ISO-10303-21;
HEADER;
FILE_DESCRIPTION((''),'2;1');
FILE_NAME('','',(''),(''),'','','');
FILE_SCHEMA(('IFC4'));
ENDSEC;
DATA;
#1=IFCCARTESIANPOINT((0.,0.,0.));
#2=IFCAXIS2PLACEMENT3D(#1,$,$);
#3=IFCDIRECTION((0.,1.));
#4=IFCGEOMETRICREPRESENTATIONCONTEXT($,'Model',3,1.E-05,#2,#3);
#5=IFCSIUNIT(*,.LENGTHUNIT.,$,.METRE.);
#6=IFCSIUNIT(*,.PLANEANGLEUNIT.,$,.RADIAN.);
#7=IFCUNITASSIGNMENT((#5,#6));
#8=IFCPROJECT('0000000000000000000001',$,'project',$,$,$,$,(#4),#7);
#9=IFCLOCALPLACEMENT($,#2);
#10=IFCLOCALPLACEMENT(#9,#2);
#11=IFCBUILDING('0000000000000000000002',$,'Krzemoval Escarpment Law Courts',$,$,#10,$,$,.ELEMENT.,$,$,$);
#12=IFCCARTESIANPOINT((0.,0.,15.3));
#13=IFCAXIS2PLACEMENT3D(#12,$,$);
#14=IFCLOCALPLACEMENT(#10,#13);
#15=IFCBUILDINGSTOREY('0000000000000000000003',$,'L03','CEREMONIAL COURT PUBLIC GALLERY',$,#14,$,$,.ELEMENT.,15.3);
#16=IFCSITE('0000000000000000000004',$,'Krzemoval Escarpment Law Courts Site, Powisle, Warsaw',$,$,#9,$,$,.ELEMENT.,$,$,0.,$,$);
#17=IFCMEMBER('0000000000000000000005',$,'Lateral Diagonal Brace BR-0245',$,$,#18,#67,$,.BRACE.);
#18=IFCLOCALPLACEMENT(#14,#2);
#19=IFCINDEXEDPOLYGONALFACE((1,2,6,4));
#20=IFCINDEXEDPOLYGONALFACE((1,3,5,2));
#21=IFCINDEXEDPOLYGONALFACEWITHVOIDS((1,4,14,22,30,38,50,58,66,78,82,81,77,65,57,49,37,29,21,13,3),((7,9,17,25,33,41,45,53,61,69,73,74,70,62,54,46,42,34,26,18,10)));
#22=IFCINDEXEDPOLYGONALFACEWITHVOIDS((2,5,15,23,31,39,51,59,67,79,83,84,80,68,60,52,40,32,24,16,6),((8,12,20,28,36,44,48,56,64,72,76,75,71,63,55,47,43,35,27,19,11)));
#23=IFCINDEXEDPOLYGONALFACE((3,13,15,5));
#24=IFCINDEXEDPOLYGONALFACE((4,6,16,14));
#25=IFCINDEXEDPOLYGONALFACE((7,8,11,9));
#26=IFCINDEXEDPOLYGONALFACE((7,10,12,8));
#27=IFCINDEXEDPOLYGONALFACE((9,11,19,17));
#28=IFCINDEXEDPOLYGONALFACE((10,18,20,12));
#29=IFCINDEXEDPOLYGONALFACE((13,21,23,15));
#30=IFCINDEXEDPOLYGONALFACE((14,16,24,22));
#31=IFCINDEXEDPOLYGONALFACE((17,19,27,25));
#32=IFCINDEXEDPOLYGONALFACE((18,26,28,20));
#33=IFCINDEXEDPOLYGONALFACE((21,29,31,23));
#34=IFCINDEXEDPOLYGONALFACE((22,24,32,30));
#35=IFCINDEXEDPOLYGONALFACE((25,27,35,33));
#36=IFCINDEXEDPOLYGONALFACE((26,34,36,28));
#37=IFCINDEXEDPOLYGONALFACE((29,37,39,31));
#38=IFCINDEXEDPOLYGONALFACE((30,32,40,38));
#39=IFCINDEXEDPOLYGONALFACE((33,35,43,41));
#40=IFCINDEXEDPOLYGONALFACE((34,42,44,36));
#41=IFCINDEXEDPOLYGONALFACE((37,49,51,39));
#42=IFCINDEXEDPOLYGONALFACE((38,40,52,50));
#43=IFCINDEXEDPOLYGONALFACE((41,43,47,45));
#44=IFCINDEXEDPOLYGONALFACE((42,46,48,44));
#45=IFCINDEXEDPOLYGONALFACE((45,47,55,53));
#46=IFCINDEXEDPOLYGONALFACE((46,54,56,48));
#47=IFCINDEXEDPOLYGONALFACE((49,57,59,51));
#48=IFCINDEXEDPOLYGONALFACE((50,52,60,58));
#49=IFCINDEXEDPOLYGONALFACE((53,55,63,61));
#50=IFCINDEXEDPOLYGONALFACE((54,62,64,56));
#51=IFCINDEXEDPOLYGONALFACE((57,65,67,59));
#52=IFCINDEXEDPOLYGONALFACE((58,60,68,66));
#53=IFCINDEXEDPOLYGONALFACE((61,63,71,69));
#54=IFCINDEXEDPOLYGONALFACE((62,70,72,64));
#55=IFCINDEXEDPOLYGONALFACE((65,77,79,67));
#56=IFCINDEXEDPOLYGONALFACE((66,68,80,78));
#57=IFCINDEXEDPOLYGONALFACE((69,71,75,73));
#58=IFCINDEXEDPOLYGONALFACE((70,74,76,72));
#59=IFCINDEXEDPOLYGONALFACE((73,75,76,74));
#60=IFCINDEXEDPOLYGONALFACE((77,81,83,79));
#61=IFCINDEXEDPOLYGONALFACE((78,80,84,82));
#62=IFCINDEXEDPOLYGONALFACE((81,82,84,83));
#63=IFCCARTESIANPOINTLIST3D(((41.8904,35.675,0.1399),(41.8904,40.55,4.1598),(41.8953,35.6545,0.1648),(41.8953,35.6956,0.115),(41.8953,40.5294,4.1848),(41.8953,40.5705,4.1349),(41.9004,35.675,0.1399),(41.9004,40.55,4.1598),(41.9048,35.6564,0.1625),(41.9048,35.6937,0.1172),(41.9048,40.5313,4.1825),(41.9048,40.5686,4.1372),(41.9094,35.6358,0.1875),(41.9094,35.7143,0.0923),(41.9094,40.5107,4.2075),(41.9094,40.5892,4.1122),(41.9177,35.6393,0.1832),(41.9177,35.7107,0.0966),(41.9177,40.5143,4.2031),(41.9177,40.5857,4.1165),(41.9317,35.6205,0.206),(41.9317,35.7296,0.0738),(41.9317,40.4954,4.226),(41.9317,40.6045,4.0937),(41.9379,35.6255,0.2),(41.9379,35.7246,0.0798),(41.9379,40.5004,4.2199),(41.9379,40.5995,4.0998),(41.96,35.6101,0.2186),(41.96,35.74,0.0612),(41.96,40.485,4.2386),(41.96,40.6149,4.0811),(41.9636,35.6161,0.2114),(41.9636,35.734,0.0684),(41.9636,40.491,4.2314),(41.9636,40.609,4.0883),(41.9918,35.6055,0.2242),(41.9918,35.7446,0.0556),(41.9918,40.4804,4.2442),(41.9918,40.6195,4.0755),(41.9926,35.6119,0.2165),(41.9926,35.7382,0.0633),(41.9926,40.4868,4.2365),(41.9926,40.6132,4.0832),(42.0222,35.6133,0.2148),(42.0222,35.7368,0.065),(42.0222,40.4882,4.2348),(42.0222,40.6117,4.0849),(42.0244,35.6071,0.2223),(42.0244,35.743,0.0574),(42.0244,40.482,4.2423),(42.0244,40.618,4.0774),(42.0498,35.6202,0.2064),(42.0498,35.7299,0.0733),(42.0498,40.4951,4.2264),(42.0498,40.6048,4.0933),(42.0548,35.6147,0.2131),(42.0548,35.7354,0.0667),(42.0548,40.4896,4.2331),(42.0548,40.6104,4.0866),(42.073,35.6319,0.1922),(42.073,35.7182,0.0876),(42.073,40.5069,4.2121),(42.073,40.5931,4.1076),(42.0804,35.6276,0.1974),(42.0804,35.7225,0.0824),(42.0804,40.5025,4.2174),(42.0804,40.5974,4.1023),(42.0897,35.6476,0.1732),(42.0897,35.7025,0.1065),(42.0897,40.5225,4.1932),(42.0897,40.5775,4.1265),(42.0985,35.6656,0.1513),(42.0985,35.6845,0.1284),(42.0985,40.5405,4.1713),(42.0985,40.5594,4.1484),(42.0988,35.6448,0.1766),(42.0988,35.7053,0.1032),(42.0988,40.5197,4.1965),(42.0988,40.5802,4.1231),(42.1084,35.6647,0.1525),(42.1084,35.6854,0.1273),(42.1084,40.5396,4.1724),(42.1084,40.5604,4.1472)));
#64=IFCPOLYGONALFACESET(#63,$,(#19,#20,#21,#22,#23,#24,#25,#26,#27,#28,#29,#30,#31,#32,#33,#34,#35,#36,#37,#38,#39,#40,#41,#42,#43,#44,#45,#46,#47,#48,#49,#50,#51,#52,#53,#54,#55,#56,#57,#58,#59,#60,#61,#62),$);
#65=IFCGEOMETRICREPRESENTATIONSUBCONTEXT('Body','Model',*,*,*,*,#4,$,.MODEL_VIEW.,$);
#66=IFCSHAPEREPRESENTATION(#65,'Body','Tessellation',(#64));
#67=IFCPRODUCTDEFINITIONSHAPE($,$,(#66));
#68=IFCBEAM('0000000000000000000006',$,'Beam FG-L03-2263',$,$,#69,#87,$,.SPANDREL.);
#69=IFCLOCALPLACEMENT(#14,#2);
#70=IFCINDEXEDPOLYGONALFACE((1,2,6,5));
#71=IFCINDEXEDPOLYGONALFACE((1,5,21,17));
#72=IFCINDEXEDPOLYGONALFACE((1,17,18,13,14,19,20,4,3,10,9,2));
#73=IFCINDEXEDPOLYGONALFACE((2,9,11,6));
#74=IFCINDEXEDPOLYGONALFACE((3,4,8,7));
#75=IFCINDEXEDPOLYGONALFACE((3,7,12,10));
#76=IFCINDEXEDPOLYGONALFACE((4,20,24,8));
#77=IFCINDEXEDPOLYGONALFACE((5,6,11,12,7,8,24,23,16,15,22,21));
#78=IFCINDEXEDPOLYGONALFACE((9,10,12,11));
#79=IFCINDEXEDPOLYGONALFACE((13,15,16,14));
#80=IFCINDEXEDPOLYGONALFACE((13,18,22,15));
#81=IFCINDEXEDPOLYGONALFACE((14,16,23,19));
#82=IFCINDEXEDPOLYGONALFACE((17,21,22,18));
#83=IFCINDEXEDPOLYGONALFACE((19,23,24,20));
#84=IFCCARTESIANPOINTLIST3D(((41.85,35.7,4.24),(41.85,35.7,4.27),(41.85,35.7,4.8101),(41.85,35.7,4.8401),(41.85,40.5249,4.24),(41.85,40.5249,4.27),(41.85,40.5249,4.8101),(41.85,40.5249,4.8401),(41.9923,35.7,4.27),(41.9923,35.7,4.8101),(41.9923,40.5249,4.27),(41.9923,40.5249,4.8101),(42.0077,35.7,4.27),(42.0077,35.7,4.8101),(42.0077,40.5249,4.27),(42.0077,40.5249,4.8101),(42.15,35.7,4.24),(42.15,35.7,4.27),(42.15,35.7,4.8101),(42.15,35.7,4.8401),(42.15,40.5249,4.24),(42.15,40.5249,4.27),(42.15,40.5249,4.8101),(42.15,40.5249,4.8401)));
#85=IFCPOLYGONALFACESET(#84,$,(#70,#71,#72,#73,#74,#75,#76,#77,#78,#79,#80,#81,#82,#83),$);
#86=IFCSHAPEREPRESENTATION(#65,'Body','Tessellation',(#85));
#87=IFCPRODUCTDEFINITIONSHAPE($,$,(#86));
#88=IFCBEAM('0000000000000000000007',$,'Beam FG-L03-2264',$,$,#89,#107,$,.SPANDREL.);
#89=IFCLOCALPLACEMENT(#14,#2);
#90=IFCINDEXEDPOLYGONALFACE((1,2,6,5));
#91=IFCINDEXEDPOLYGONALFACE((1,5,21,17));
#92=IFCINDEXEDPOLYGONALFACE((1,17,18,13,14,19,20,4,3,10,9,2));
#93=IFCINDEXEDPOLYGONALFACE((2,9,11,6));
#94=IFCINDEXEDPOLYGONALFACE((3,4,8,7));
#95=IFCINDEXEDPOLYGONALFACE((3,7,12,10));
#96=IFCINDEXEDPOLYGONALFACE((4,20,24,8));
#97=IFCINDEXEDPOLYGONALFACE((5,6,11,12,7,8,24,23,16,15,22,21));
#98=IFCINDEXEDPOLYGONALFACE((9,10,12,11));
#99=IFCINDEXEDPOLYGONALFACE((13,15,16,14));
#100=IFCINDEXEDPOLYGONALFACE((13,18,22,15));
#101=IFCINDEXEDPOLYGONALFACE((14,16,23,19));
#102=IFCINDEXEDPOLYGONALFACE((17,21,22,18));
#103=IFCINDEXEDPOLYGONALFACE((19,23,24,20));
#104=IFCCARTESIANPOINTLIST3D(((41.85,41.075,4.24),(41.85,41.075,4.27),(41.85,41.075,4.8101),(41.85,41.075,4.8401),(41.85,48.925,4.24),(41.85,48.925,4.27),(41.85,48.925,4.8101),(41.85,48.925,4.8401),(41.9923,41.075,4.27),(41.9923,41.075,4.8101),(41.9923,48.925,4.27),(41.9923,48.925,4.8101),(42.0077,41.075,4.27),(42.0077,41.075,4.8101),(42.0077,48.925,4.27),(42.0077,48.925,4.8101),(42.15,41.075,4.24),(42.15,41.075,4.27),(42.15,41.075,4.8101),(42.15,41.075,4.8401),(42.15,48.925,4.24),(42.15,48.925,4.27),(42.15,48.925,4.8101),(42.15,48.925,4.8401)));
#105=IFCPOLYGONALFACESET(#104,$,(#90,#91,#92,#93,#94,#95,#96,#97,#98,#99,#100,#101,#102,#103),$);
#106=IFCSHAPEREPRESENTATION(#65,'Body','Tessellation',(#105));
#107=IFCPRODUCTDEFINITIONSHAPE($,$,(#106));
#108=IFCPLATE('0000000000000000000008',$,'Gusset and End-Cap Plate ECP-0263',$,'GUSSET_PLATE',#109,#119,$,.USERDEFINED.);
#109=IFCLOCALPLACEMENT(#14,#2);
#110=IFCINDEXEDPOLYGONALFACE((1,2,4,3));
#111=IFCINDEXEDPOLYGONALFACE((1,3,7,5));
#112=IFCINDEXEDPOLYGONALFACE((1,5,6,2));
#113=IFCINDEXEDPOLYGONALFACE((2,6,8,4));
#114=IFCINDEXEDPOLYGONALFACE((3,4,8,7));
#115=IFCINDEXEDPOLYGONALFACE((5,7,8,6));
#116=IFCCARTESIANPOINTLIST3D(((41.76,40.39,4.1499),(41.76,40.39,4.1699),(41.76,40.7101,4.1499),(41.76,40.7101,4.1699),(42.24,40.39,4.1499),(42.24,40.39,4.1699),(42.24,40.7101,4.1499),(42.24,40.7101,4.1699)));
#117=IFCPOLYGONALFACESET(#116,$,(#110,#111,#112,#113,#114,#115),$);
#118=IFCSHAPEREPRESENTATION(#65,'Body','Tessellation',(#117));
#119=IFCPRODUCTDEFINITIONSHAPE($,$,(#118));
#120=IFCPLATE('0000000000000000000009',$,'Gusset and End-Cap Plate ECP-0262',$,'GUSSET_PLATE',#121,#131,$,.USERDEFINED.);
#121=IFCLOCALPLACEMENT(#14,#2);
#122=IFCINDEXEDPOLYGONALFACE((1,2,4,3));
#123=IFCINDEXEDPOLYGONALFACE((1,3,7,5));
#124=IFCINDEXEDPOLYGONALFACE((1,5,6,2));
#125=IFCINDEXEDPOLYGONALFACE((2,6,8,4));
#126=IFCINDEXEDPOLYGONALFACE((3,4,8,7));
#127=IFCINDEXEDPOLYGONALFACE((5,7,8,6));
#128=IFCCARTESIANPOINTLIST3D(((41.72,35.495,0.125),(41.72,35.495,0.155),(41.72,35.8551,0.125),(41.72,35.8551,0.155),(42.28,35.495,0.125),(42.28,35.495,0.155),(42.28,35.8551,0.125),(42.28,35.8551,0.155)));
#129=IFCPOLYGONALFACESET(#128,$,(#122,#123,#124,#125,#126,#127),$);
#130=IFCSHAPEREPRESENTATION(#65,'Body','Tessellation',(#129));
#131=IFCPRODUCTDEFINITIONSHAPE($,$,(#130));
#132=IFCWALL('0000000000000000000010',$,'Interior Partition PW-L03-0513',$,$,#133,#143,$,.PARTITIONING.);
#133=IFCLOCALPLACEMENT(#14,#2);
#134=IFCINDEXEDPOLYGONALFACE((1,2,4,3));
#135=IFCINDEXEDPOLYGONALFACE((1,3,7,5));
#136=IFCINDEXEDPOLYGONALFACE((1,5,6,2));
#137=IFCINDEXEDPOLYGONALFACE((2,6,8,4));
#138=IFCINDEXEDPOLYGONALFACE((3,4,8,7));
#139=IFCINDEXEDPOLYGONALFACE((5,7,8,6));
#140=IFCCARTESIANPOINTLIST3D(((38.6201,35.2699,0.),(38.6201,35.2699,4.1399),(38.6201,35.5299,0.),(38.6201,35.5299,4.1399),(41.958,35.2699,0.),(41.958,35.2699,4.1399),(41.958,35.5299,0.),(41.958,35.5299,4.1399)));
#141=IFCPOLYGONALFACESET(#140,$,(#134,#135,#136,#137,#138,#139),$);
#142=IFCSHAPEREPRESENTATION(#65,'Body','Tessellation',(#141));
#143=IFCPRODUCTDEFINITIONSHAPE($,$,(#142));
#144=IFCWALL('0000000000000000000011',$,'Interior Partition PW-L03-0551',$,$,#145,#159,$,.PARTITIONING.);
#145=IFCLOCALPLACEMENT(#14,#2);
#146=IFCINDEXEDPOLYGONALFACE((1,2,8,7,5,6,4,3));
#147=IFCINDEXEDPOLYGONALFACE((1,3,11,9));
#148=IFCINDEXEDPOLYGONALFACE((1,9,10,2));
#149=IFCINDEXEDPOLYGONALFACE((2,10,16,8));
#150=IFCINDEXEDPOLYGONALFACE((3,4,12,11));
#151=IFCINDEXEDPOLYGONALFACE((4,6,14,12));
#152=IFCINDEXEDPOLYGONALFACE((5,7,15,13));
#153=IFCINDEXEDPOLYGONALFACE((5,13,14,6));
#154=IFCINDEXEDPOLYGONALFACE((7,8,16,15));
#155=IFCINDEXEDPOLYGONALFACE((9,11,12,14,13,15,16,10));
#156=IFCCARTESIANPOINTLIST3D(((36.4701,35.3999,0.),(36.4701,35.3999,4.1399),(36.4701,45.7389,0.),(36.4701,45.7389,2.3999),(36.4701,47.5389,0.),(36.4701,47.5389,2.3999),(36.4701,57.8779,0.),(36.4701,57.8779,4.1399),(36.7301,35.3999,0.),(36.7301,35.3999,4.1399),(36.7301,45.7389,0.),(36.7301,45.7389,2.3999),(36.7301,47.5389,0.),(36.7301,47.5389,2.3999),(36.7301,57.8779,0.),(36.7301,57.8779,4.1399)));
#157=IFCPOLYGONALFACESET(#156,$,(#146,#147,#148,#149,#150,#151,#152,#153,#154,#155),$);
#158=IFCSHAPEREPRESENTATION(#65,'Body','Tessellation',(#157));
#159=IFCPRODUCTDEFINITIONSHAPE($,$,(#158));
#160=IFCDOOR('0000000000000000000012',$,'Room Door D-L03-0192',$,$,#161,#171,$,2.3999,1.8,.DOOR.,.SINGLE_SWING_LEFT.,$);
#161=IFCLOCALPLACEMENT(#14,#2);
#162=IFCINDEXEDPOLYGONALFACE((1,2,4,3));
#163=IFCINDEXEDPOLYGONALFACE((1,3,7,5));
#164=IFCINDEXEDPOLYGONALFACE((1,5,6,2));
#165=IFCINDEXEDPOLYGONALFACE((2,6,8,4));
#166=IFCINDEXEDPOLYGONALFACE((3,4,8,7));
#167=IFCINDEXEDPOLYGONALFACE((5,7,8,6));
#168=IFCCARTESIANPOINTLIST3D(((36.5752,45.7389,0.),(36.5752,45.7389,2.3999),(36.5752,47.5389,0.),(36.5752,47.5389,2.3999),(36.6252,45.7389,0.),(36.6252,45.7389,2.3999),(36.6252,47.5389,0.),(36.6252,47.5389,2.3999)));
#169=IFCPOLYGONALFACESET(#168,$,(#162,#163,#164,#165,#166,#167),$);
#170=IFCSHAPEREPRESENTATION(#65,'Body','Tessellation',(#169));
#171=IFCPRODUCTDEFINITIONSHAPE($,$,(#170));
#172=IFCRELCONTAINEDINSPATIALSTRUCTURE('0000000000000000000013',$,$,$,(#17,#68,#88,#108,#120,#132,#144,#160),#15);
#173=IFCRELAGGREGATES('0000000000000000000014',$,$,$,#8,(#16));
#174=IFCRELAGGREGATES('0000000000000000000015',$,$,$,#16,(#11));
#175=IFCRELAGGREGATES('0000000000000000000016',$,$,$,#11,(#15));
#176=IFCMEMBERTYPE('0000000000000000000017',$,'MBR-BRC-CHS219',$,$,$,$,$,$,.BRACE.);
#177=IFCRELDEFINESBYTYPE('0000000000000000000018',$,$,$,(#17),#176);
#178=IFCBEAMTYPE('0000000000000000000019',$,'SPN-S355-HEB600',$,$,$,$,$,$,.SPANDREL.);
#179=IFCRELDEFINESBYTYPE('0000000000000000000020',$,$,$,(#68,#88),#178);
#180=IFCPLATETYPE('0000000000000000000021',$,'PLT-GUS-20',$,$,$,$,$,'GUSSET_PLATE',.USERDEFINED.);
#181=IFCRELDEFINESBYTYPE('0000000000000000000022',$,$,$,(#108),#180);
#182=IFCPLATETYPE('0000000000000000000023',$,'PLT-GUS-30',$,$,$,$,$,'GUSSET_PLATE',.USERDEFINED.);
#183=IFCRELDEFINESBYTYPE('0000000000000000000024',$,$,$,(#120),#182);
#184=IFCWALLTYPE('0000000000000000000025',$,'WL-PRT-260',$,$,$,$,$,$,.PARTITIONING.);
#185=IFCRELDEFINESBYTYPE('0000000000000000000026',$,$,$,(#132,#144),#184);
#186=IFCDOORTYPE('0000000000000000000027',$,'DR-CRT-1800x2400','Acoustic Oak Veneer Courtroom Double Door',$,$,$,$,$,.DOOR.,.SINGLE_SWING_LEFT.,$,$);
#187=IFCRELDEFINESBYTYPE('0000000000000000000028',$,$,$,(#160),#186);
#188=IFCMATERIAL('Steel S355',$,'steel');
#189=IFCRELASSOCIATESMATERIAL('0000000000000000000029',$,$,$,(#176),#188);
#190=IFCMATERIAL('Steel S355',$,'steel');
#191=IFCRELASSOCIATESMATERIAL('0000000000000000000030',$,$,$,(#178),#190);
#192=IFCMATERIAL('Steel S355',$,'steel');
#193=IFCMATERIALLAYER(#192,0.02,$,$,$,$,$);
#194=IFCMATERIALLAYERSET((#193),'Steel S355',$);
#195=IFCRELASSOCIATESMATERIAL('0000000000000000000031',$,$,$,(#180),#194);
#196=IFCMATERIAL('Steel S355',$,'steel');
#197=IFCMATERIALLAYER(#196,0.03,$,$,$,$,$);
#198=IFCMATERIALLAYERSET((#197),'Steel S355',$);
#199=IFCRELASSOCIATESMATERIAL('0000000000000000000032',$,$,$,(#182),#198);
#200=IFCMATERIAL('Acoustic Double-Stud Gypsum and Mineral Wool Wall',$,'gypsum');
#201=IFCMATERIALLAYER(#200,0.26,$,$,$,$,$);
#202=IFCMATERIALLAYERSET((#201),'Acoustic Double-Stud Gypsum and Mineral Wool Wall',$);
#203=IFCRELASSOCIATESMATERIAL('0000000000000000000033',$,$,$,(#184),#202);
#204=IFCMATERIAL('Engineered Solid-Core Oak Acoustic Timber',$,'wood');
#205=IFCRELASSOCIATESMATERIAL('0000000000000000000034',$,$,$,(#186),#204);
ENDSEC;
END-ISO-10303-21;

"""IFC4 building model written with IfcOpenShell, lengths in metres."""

from ifc_helpers import new_model, si_unit, direction, frame, frame_2d, origin, origin_2d, place, context, subcontext, project, spatial, rectangle, hollow_circle, i_section, extrude, material, layer, layer_set, material_profile, profile_set, type_object, element, fill, save


model = new_model("IFC4")

# Units and contexts
model_context = context("Model", 3, precision=1e-05, world=origin(), true_north=direction((0.0, 1.0)))
body_context = subcontext(model_context, "Body", "Model", "MODEL_VIEW")
ifc_project = project(units=[si_unit("LENGTHUNIT", "METRE"), si_unit("PLANEANGLEUNIT", "RADIAN")], contexts=[model_context])

# Site, building, storey
site_placement = place(None, origin())
site = spatial("IfcSite", under=ifc_project, at=site_placement, Name="Krzemoval Escarpment Law Courts Site, Powisle, Warsaw", CompositionType="ELEMENT", RefElevation=0.0)
building_placement = place(site_placement, origin())
building = spatial("IfcBuilding", under=site, at=building_placement, Name="Krzemoval Escarpment Law Courts", CompositionType="ELEMENT")
storey_placement = place(building_placement, frame((0.0, 0.0, 15.3)))
storey = spatial("IfcBuildingStorey", under=building, at=storey_placement, Name="L03", Description="CEREMONIAL COURT PUBLIC GALLERY", CompositionType="ELEMENT", Elevation=15.3)

# Member
ifc_material_1 = material(Name="Steel S355", Category="steel")
ifc_material_profile_1 = material_profile(ifc_material_1, hollow_circle(Radius=0.1096, WallThickness=0.01, at=origin_2d()), Name="CHS 219.1x10")
ifc_profile_set_1 = profile_set([ifc_material_profile_1], Name="Steel S355")
member_type_1 = type_object("IfcMemberType", Name="MBR-BRC-CHS219", PredefinedType="BRACE", material=ifc_profile_set_1)
member_1_placement = place(storey_placement, frame((42.0, 35.675, 0.1399), z_axis=(0.0, 0.771517, 0.636208), x_axis=(-1.0, 0.0, 0.0)))
element("IfcMember", 1, at=member_1_placement, inside=storey, type_object=member_type_1, Name="Lateral Diagonal Brace BR-0245", PredefinedType="BRACE", context=body_context, shape_type="SweptSolid", body=[
    extrude(hollow_circle(Radius=0.1096, WallThickness=0.01, at=origin_2d()), origin(), (0.0, 0.0, 1.0), 6.3186),
])

# Beams
ifc_material_2 = material(Name="Steel S355", Category="steel")
ifc_material_profile_2 = material_profile(ifc_material_2, i_section(OverallWidth=0.3, OverallDepth=0.6001, WebThickness=0.0154, FlangeThickness=0.03, at=origin_2d()), Name="HEB 600")
ifc_profile_set_2 = profile_set([ifc_material_profile_2], Name="Steel S355")
beam_type_1 = type_object("IfcBeamType", Name="SPN-S355-HEB600", PredefinedType="SPANDREL", material=ifc_profile_set_2)
beam_1_placement = place(storey_placement, frame((42.0, 35.7, 4.54), z_axis=(0.0, 1.0, 0.0), x_axis=(-1.0, 0.0, 0.0)))
element("IfcBeam", 2, at=beam_1_placement, inside=storey, type_object=beam_type_1, Name="Beam FG-L03-2263", PredefinedType="SPANDREL", context=body_context, shape_type="SweptSolid", body=[
    extrude(i_section(OverallWidth=0.3, OverallDepth=0.6001, WebThickness=0.0154, FlangeThickness=0.03, at=origin_2d()), origin(), (0.0, 0.0, 1.0), 4.825),
])
beam_2_placement = place(storey_placement, frame((42.0, 41.075, 4.54), z_axis=(0.0, 1.0, 0.0), x_axis=(-1.0, 0.0, 0.0)))
element("IfcBeam", 3, at=beam_2_placement, inside=storey, type_object=beam_type_1, Name="Beam FG-L03-2264", PredefinedType="SPANDREL", context=body_context, shape_type="SweptSolid", body=[
    extrude(i_section(OverallWidth=0.3, OverallDepth=0.6001, WebThickness=0.0154, FlangeThickness=0.03, at=origin_2d()), origin(), (0.0, 0.0, 1.0), 7.8501),
])

# Plates
ifc_material_3 = material(Name="Steel S355", Category="steel")
ifc_layer_1 = layer(ifc_material_3, 0.02)
ifc_layer_set_1 = layer_set([ifc_layer_1], Name="Steel S355")
plate_type_1 = type_object("IfcPlateType", Name="PLT-GUS-20", ElementType="GUSSET_PLATE", PredefinedType="USERDEFINED", material=ifc_layer_set_1)
plate_1_placement = place(storey_placement, frame((42.0, 40.55, 4.1499), z_axis=(0.0, 0.0, 1.0), x_axis=(1.0, 0.0, 0.0)))
element("IfcPlate", 4, at=plate_1_placement, inside=storey, type_object=plate_type_1, Name="Gusset and End-Cap Plate ECP-0263", ObjectType="GUSSET_PLATE", PredefinedType="USERDEFINED", context=body_context, shape_type="SweptSolid", body=[
    extrude(rectangle(XDim=0.48, YDim=0.3201, at=origin_2d()), origin(), (0.0, 0.0, 1.0), 0.02),
])
ifc_material_4 = material(Name="Steel S355", Category="steel")
ifc_layer_2 = layer(ifc_material_4, 0.03)
ifc_layer_set_2 = layer_set([ifc_layer_2], Name="Steel S355")
plate_type_2 = type_object("IfcPlateType", Name="PLT-GUS-30", ElementType="GUSSET_PLATE", PredefinedType="USERDEFINED", material=ifc_layer_set_2)
plate_2_placement = place(storey_placement, frame((42.0, 35.675, 0.125), z_axis=(0.0, 0.0, 1.0), x_axis=(1.0, 0.0, 0.0)))
element("IfcPlate", 5, at=plate_2_placement, inside=storey, type_object=plate_type_2, Name="Gusset and End-Cap Plate ECP-0262", ObjectType="GUSSET_PLATE", PredefinedType="USERDEFINED", context=body_context, shape_type="SweptSolid", body=[
    extrude(rectangle(XDim=0.5601, YDim=0.3601, at=origin_2d()), origin(), (0.0, 0.0, 1.0), 0.03),
])

# Wall
ifc_material_5 = material(Name="Acoustic Double-Stud Gypsum and Mineral Wool Wall", Category="gypsum")
ifc_layer_3 = layer(ifc_material_5, 0.26)
ifc_layer_set_3 = layer_set([ifc_layer_3], Name="Acoustic Double-Stud Gypsum and Mineral Wool Wall")
wall_type_1 = type_object("IfcWallType", Name="WL-PRT-260", PredefinedType="PARTITIONING", material=ifc_layer_set_3)
wall_1_placement = place(storey_placement, frame((38.6201, 35.3999, 0.0), z_axis=(0.0, 0.0, 1.0), x_axis=(1.0, 0.0, 0.0)))
element("IfcWall", 6, at=wall_1_placement, inside=storey, type_object=wall_type_1, Name="Interior Partition PW-L03-0513", PredefinedType="PARTITIONING", context=body_context, shape_type="SweptSolid", body=[
    extrude(rectangle(XDim=3.3379, YDim=0.26, at=frame_2d((1.6689, 0.0))), origin(), (0.0, 0.0, 1.0), 4.1399),
])

# Wall, opening, door
wall_2_placement = place(storey_placement, frame((36.6001, 35.3999, 0.0), z_axis=(0.0, 0.0, 1.0), x_axis=(0.0, 1.0, 0.0)))
wall_2 = element("IfcWall", 7, at=wall_2_placement, inside=storey, type_object=wall_type_1, Name="Interior Partition PW-L03-0551", PredefinedType="PARTITIONING", context=body_context, shape_type="SweptSolid", body=[
    extrude(rectangle(XDim=22.478, YDim=0.26, at=frame_2d((11.239, 0.0))), origin(), (0.0, 0.0, 1.0), 4.1399),
])
opening_placement = place(wall_2_placement, frame((10.3391, 0.0, 0.0)))
opening = element("IfcOpeningElement", 8, at=opening_placement, cuts=wall_2, PredefinedType="OPENING", context=body_context, shape_type="SweptSolid", body=[
    extrude(rectangle(XDim=1.8, YDim=2.3999, at=frame_2d((0.8999, 1.2))), frame((0.0, 0.145, 0.0), z_axis=(0.0, -1.0, 0.0), x_axis=(1.0, 0.0, 0.0)), (0.0, 0.0, 1.0), 0.29),
])
ifc_material_6 = material(Name="Engineered Solid-Core Oak Acoustic Timber", Category="wood")
door_type = type_object("IfcDoorType", Name="DR-CRT-1800x2400", Description="Acoustic Oak Veneer Courtroom Double Door", OperationType="SINGLE_SWING_LEFT", PredefinedType="DOOR", material=ifc_material_6)
door_placement = place(opening_placement, origin())
door = element("IfcDoor", 9, at=door_placement, inside=storey, type_object=door_type, Name="Room Door D-L03-0192", OperationType="SINGLE_SWING_LEFT", OverallHeight=2.3999, OverallWidth=1.8, PredefinedType="DOOR", context=body_context, shape_type="SweptSolid", body=[
    extrude(rectangle(XDim=1.8, YDim=2.3999, at=frame_2d((0.8999, 1.2))), frame((0.0, 0.0249, 0.0), z_axis=(0.0, -1.0, 0.0), x_axis=(1.0, 0.0, 0.0)), (0.0, 0.0, 1.0), 0.05),
])
fill(opening, door)

save(model, "model.ifc")
